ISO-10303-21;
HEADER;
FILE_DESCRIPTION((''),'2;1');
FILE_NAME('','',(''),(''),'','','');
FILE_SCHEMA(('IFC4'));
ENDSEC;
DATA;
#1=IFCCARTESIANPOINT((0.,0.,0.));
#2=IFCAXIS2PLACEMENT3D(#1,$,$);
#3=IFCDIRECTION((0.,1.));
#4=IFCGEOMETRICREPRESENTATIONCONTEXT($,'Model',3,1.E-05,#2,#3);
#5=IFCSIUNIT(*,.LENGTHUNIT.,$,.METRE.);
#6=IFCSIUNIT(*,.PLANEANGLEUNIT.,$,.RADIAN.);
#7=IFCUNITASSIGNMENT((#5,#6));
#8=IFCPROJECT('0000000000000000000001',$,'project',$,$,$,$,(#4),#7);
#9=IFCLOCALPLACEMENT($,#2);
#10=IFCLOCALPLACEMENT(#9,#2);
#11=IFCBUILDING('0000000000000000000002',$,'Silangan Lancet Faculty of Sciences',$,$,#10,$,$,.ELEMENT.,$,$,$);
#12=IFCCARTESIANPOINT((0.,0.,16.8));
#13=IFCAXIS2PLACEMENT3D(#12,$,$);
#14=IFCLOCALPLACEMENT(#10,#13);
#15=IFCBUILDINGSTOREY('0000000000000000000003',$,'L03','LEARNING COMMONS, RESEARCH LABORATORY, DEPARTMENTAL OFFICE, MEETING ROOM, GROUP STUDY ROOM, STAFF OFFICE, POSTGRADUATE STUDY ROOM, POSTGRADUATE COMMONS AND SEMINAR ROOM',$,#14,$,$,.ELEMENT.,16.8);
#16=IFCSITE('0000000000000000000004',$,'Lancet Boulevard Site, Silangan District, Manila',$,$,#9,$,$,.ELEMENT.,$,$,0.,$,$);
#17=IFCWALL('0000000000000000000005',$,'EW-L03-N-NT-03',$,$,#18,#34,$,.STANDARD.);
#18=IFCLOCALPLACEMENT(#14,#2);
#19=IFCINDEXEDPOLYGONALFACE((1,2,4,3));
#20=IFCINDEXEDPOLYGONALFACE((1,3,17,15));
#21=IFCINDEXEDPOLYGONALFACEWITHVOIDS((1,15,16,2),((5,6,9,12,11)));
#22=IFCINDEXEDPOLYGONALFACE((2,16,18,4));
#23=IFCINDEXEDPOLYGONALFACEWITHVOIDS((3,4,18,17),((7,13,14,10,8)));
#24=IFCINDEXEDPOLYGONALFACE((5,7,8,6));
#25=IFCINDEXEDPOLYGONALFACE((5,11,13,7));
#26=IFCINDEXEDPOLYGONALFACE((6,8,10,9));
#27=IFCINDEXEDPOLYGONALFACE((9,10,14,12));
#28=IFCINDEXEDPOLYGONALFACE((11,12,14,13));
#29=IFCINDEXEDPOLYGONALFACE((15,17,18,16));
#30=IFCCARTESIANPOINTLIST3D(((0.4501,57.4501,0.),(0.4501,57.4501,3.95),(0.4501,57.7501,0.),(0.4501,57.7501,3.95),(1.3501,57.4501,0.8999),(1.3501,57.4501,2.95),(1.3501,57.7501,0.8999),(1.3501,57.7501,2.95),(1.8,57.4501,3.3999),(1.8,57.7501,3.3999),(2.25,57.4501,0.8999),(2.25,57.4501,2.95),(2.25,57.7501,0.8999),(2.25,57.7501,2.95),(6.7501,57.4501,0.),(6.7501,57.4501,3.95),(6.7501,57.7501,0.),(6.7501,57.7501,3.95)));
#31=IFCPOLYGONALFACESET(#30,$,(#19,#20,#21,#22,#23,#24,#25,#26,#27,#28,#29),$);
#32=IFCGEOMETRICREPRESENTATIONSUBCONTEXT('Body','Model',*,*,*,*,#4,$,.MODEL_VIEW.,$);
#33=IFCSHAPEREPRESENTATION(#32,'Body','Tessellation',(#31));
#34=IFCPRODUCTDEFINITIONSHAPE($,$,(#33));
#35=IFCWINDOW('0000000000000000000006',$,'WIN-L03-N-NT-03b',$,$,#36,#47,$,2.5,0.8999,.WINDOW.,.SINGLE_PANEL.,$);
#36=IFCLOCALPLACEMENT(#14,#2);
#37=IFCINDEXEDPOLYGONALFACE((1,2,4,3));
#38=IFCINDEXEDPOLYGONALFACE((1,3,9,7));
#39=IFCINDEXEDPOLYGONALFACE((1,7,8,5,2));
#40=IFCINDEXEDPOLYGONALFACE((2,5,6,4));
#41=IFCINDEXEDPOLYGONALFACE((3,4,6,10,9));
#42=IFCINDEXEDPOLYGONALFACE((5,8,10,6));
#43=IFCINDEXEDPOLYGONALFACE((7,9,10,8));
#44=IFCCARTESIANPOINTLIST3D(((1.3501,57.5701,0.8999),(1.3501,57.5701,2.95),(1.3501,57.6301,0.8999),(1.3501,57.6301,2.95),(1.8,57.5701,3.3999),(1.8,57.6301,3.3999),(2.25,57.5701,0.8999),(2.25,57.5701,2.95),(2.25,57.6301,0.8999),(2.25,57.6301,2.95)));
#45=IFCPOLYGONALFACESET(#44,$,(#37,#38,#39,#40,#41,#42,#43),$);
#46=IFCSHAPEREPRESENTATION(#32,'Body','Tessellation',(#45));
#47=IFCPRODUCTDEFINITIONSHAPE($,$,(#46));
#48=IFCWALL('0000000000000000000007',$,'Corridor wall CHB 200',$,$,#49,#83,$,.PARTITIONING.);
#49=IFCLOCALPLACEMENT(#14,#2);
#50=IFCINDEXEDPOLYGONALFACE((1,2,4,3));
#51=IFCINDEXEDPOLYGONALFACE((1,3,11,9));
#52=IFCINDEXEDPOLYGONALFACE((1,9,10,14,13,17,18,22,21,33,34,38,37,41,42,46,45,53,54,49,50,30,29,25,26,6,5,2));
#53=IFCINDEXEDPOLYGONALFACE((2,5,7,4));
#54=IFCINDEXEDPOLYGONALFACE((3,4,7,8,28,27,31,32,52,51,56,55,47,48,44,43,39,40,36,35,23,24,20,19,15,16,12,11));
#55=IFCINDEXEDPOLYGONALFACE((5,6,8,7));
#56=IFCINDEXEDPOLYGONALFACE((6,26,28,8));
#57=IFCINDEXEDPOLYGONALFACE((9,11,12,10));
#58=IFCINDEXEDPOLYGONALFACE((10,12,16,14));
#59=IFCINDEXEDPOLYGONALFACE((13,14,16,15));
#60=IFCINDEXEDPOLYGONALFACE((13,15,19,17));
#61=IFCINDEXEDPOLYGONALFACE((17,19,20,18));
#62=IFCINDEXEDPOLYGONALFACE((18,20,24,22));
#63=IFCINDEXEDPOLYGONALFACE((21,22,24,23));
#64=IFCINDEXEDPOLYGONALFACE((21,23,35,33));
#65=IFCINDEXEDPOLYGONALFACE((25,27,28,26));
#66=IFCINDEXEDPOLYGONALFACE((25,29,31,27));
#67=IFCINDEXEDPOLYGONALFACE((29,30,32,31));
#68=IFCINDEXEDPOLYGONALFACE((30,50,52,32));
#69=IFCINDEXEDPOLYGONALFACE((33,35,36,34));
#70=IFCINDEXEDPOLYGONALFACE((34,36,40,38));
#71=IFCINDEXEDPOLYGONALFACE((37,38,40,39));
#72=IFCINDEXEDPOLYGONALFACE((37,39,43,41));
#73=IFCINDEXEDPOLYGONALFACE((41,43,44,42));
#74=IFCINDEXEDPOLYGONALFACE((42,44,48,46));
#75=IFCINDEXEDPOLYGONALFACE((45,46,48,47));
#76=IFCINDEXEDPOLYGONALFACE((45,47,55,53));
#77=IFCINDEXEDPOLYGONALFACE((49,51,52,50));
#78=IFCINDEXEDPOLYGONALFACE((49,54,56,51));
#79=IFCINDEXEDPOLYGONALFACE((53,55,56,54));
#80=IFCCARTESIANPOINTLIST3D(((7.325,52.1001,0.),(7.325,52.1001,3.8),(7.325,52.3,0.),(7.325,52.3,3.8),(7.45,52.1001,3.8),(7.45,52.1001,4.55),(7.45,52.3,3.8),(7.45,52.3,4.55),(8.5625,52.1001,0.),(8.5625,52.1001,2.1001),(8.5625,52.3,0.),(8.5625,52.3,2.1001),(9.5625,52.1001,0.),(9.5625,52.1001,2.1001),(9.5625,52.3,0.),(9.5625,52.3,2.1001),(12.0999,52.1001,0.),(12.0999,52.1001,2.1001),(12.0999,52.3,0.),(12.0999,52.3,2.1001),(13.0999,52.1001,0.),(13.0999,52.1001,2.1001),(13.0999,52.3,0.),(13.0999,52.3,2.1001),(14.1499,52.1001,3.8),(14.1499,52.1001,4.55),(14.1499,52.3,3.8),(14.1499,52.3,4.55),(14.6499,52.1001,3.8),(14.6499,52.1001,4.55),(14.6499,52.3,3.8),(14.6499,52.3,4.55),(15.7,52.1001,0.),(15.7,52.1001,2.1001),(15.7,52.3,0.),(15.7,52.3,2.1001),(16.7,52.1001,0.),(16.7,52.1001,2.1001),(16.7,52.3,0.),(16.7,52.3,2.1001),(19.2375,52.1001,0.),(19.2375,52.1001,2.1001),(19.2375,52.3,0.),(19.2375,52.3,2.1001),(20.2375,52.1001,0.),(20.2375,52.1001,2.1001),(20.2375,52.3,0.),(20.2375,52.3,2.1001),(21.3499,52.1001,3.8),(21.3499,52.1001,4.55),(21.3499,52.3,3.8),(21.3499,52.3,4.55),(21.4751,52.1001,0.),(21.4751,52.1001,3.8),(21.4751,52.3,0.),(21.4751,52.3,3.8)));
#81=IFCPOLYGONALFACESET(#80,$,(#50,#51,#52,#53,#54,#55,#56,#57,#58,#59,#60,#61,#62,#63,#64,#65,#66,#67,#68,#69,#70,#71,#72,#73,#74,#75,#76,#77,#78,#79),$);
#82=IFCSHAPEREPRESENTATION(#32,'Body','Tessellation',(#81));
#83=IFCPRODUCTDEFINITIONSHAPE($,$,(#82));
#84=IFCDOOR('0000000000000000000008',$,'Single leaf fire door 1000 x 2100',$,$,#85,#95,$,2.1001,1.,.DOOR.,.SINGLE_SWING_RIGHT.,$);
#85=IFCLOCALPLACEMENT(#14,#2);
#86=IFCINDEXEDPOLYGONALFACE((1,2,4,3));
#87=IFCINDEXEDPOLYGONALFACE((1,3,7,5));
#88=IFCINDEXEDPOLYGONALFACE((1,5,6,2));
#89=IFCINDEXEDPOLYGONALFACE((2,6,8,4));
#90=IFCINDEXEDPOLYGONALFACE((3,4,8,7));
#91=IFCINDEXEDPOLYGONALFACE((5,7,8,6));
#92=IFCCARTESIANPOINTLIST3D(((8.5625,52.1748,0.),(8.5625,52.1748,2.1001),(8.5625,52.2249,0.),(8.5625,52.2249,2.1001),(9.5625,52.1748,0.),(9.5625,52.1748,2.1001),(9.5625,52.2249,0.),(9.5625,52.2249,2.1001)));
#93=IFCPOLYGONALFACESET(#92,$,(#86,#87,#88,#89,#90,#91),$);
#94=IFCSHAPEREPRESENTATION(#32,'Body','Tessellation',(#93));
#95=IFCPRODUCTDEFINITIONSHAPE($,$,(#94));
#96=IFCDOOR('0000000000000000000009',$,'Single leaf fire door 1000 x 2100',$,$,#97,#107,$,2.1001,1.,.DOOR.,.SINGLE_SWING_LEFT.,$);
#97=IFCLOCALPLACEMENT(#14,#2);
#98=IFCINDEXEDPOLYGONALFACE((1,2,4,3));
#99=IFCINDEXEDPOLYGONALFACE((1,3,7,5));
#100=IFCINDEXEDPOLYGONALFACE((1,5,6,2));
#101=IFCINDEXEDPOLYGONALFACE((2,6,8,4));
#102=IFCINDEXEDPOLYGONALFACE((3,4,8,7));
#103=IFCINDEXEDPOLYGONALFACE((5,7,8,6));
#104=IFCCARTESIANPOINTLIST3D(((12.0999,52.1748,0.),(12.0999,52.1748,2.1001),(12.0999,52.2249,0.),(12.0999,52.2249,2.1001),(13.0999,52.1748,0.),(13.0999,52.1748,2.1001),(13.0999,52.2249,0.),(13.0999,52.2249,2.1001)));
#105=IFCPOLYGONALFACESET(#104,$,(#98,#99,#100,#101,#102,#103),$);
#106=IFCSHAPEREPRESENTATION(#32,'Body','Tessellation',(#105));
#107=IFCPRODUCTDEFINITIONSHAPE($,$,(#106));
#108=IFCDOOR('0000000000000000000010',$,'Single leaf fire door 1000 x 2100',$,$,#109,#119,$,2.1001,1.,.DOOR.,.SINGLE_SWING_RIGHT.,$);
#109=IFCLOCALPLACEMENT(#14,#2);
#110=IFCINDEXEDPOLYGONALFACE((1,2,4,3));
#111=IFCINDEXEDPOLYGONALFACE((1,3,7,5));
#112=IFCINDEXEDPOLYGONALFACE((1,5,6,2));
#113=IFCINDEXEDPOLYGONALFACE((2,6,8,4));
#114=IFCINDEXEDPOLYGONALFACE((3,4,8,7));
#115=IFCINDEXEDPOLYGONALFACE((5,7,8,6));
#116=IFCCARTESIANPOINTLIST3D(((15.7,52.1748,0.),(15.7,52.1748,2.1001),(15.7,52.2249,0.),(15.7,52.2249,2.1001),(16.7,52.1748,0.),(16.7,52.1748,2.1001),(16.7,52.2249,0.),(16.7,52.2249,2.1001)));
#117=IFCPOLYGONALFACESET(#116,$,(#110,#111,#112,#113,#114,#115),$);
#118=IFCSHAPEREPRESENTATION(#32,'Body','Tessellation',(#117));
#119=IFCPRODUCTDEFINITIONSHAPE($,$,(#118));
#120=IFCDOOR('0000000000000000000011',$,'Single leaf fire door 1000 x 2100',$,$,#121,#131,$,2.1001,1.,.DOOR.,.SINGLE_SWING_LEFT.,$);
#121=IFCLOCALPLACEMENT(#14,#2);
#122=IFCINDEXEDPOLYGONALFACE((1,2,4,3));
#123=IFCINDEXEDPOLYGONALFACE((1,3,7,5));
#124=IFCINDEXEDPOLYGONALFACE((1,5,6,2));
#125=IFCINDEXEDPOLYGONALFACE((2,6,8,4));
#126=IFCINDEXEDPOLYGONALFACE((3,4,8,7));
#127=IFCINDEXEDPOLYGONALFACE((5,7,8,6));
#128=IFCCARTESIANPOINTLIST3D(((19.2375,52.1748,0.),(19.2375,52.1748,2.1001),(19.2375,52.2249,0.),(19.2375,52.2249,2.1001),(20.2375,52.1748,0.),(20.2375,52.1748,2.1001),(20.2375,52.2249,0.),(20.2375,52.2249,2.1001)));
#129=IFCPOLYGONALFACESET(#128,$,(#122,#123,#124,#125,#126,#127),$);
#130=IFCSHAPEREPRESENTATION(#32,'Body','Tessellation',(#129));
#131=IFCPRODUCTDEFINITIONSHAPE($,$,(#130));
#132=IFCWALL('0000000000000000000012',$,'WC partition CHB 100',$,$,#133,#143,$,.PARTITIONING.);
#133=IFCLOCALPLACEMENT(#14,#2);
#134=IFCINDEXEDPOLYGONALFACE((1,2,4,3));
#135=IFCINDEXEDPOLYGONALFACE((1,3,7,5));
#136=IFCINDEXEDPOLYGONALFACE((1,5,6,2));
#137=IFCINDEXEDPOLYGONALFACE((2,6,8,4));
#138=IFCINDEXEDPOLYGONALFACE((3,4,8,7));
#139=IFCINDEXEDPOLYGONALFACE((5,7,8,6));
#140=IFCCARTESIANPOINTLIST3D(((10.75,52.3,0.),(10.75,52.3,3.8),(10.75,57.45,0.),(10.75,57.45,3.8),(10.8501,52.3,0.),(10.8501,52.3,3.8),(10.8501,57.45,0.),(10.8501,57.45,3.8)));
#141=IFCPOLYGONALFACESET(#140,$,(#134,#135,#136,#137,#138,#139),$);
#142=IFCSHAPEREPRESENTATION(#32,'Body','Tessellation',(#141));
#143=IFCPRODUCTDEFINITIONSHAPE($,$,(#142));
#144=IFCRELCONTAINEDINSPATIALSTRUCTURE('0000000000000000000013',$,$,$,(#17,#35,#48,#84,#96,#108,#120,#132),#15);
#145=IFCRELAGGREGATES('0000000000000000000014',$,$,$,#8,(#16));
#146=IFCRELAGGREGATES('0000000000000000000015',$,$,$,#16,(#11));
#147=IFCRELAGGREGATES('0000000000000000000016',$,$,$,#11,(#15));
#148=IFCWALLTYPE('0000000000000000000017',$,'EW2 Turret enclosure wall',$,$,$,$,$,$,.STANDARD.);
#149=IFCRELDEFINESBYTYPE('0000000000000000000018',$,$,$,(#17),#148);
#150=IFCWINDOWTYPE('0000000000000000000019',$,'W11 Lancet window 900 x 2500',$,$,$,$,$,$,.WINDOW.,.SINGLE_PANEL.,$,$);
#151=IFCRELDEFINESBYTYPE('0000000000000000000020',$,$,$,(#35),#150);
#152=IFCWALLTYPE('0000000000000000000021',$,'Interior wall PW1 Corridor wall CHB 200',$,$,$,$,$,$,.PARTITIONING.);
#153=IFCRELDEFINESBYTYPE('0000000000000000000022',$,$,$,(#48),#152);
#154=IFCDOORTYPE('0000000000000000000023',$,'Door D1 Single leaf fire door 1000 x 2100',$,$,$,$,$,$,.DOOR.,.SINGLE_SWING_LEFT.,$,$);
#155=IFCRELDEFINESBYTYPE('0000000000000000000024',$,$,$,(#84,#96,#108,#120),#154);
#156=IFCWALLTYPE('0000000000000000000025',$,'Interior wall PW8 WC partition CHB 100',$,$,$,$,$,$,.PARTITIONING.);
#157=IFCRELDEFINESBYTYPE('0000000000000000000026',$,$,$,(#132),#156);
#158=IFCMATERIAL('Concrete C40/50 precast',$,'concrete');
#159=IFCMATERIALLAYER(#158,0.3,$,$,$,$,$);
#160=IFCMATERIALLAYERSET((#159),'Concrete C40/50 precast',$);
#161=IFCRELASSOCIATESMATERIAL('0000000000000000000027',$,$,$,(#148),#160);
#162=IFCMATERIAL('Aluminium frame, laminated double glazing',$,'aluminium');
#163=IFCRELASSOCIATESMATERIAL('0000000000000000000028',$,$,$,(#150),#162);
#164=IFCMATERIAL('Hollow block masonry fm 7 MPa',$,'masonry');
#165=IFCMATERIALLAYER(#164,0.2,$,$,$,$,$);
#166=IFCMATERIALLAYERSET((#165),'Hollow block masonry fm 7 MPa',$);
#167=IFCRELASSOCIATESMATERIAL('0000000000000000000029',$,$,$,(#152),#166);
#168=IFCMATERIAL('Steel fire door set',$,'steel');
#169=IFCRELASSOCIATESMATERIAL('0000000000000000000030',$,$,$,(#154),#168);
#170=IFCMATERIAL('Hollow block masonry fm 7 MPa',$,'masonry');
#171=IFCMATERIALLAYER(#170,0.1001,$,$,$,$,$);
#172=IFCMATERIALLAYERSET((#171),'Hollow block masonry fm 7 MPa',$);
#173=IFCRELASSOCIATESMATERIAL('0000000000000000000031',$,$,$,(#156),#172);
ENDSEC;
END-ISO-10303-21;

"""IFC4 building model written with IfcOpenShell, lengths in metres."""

from ifc_helpers import new_model, si_unit, direction, frame, frame_2d, origin, place, context, subcontext, project, spatial, polyline, rectangle, outline, extrude, material, layer, layer_set, type_object, element, fill, save


model = new_model("IFC4")

# Units and contexts
model_context = context("Model", 3, precision=1e-05, world=origin(), true_north=direction((0.0, 1.0)))
body_context = subcontext(model_context, "Body", "Model", "MODEL_VIEW")
ifc_project = project(units=[si_unit("LENGTHUNIT", "METRE"), si_unit("PLANEANGLEUNIT", "RADIAN")], contexts=[model_context])

# Site, building, storey
site_placement = place(None, origin())
site = spatial("IfcSite", under=ifc_project, at=site_placement, Name="Lancet Boulevard Site, Silangan District, Manila", CompositionType="ELEMENT", RefElevation=0.0)
building_placement = place(site_placement, origin())
building = spatial("IfcBuilding", under=site, at=building_placement, Name="Silangan Lancet Faculty of Sciences", CompositionType="ELEMENT")
storey_placement = place(building_placement, frame((0.0, 0.0, 16.8)))
storey = spatial("IfcBuildingStorey", under=building, at=storey_placement, Name="L03", Description="LEARNING COMMONS, RESEARCH LABORATORY, DEPARTMENTAL OFFICE, MEETING ROOM, GROUP STUDY ROOM, STAFF OFFICE, POSTGRADUATE STUDY ROOM, POSTGRADUATE COMMONS AND SEMINAR ROOM", CompositionType="ELEMENT", Elevation=16.8)

# Wall, opening, window
ifc_material_1 = material(Name="Concrete C40/50 precast", Category="concrete")
ifc_layer_1 = layer(ifc_material_1, 0.3)
ifc_layer_set_1 = layer_set([ifc_layer_1], Name="Concrete C40/50 precast")
wall_type_1 = type_object("IfcWallType", Name="EW2 Turret enclosure wall", PredefinedType="STANDARD", material=ifc_layer_set_1)
wall_1_placement = place(storey_placement, frame((6.75, 57.6001, 0.0), z_axis=(0.0, 0.0, 1.0), x_axis=(-1.0, 0.0, 0.0)))
wall_1 = element("IfcWall", 1, at=wall_1_placement, inside=storey, type_object=wall_type_1, Name="EW-L03-N-NT-03", PredefinedType="STANDARD", context=body_context, shape_type="SweptSolid", body=[
    extrude(rectangle(XDim=6.3, YDim=0.3, at=frame_2d((3.1499, 0.0))), origin(), (0.0, 0.0, 1.0), 3.95),
])
opening_1_placement = place(wall_1_placement, frame((4.5, 0.0, 0.8999)))
opening_1 = element("IfcOpeningElement", 2, at=opening_1_placement, cuts=wall_1, PredefinedType="OPENING", context=body_context, shape_type="SweptSolid", body=[
    extrude(outline(polyline([(0.0, 0.0), (0.8999, 0.0), (0.8999, 2.05), (0.45, 2.5), (0.0, 2.05), (0.0, 0.0)])), frame((0.0, 0.1599, 0.0), z_axis=(0.0, -1.0, 0.0), x_axis=(1.0, 0.0, 0.0)), (0.0, 0.0, 1.0), 0.3201),
])
ifc_material_2 = material(Name="Aluminium frame, laminated double glazing", Category="aluminium")
window_type_1 = type_object("IfcWindowType", Name="W11 Lancet window 900 x 2500", PartitioningType="SINGLE_PANEL", PredefinedType="WINDOW", material=ifc_material_2)
window_1_placement = place(opening_1_placement, origin())
window_1 = element("IfcWindow", 3, at=window_1_placement, inside=storey, type_object=window_type_1, Name="WIN-L03-N-NT-03b", OverallHeight=2.5, OverallWidth=0.8999, PartitioningType="SINGLE_PANEL", PredefinedType="WINDOW", context=body_context, shape_type="SweptSolid", body=[
    extrude(outline(polyline([(0.0, 0.0), (0.8999, 0.0), (0.8999, 2.05), (0.45, 2.5), (0.0, 2.05), (0.0, 0.0)])), frame((0.0, 0.03, 0.0), z_axis=(0.0, -1.0, 0.0), x_axis=(1.0, 0.0, 0.0)), (0.0, 0.0, 1.0), 0.0601),
])
fill(opening_1, window_1)

# Wall, openings, doors
ifc_material_3 = material(Name="Hollow block masonry fm 7 MPa", Category="masonry")
ifc_layer_2 = layer(ifc_material_3, 0.2)
ifc_layer_set_2 = layer_set([ifc_layer_2], Name="Hollow block masonry fm 7 MPa")
wall_type_2 = type_object("IfcWallType", Name="Interior wall PW1 Corridor wall CHB 200", PredefinedType="PARTITIONING", material=ifc_layer_set_2)
wall_2_placement = place(storey_placement, frame((7.325, 52.2, 0.0), z_axis=(0.0, 0.0, 1.0), x_axis=(1.0, 0.0, 0.0)))
wall_2 = element("IfcWall", 4, at=wall_2_placement, inside=storey, type_object=wall_type_2, Name="Corridor wall CHB 200", PredefinedType="PARTITIONING", context=body_context, shape_type="SweptSolid", body=[
    extrude(outline(polyline([(0.0, 0.0), (14.1501, 0.0), (14.1501, 3.8), (14.0249, 3.8), (14.0249, 4.55), (7.325, 4.55), (7.325, 3.8), (6.825, 3.8), (6.825, 4.55), (0.125, 4.55), (0.125, 3.8), (0.0, 3.8), (0.0, 0.0)])), frame((0.0, 0.1001, 0.0), z_axis=(0.0, -1.0, 0.0), x_axis=(1.0, 0.0, 0.0)), (0.0, 0.0, 1.0), 0.2),
])
opening_2_placement = place(wall_2_placement, frame((1.2375, 0.0, 0.0)))
opening_2 = element("IfcOpeningElement", 5, at=opening_2_placement, cuts=wall_2, PredefinedType="OPENING", context=body_context, shape_type="SweptSolid", body=[
    extrude(rectangle(XDim=1.0, YDim=2.1001, at=frame_2d((0.5, 1.05))), frame((0.0, 0.1099, 0.0), z_axis=(0.0, -1.0, 0.0), x_axis=(1.0, 0.0, 0.0)), (0.0, 0.0, 1.0), 0.22),
])
opening_3_placement = place(wall_2_placement, frame((4.7749, 0.0, 0.0)))
opening_3 = element("IfcOpeningElement", 6, at=opening_3_placement, cuts=wall_2, PredefinedType="OPENING", context=body_context, shape_type="SweptSolid", body=[
    extrude(rectangle(XDim=1.0, YDim=2.1001, at=frame_2d((0.5, 1.05))), frame((0.0, 0.1099, 0.0), z_axis=(0.0, -1.0, 0.0), x_axis=(1.0, 0.0, 0.0)), (0.0, 0.0, 1.0), 0.22),
])
opening_4_placement = place(wall_2_placement, frame((8.375, 0.0, 0.0)))
opening_4 = element("IfcOpeningElement", 7, at=opening_4_placement, cuts=wall_2, PredefinedType="OPENING", context=body_context, shape_type="SweptSolid", body=[
    extrude(rectangle(XDim=1.0, YDim=2.1001, at=frame_2d((0.5, 1.05))), frame((0.0, 0.1099, 0.0), z_axis=(0.0, -1.0, 0.0), x_axis=(1.0, 0.0, 0.0)), (0.0, 0.0, 1.0), 0.22),
])
opening_5_placement = place(wall_2_placement, frame((11.9126, 0.0, 0.0)))
opening_5 = element("IfcOpeningElement", 8, at=opening_5_placement, cuts=wall_2, PredefinedType="OPENING", context=body_context, shape_type="SweptSolid", body=[
    extrude(rectangle(XDim=1.0, YDim=2.1001, at=frame_2d((0.5, 1.05))), frame((0.0, 0.1099, 0.0), z_axis=(0.0, -1.0, 0.0), x_axis=(1.0, 0.0, 0.0)), (0.0, 0.0, 1.0), 0.22),
])
ifc_material_4 = material(Name="Steel fire door set", Category="steel")
door_type_1 = type_object("IfcDoorType", Name="Door D1 Single leaf fire door 1000 x 2100", OperationType="SINGLE_SWING_LEFT", PredefinedType="DOOR", material=ifc_material_4)
door_1_placement = place(opening_2_placement, origin())
door_1 = element("IfcDoor", 9, at=door_1_placement, inside=storey, type_object=door_type_1, Name="Single leaf fire door 1000 x 2100", OperationType="SINGLE_SWING_RIGHT", OverallHeight=2.1001, OverallWidth=1.0, PredefinedType="DOOR", context=body_context, shape_type="SweptSolid", body=[
    extrude(rectangle(XDim=1.0, YDim=2.1001, at=frame_2d((0.5, 1.05))), frame((0.0, 0.0249, 0.0), z_axis=(0.0, -1.0, 0.0), x_axis=(1.0, 0.0, 0.0)), (0.0, 0.0, 1.0), 0.05),
])
fill(opening_2, door_1)
door_2_placement = place(opening_3_placement, origin())
door_2 = element("IfcDoor", 10, at=door_2_placement, inside=storey, type_object=door_type_1, Name="Single leaf fire door 1000 x 2100", OperationType="SINGLE_SWING_LEFT", OverallHeight=2.1001, OverallWidth=1.0, PredefinedType="DOOR", context=body_context, shape_type="SweptSolid", body=[
    extrude(rectangle(XDim=1.0, YDim=2.1001, at=frame_2d((0.5, 1.05))), frame((0.0, 0.0249, 0.0), z_axis=(0.0, -1.0, 0.0), x_axis=(1.0, 0.0, 0.0)), (0.0, 0.0, 1.0), 0.05),
])
fill(opening_3, door_2)
door_3_placement = place(opening_4_placement, origin())
door_3 = element("IfcDoor", 11, at=door_3_placement, inside=storey, type_object=door_type_1, Name="Single leaf fire door 1000 x 2100", OperationType="SINGLE_SWING_RIGHT", OverallHeight=2.1001, OverallWidth=1.0, PredefinedType="DOOR", context=body_context, shape_type="SweptSolid", body=[
    extrude(rectangle(XDim=1.0, YDim=2.1001, at=frame_2d((0.5, 1.05))), frame((0.0, 0.0249, 0.0), z_axis=(0.0, -1.0, 0.0), x_axis=(1.0, 0.0, 0.0)), (0.0, 0.0, 1.0), 0.05),
])
fill(opening_4, door_3)
door_4_placement = place(opening_5_placement, origin())
door_4 = element("IfcDoor", 12, at=door_4_placement, inside=storey, type_object=door_type_1, Name="Single leaf fire door 1000 x 2100", OperationType="SINGLE_SWING_LEFT", OverallHeight=2.1001, OverallWidth=1.0, PredefinedType="DOOR", context=body_context, shape_type="SweptSolid", body=[
    extrude(rectangle(XDim=1.0, YDim=2.1001, at=frame_2d((0.5, 1.05))), frame((0.0, 0.0249, 0.0), z_axis=(0.0, -1.0, 0.0), x_axis=(1.0, 0.0, 0.0)), (0.0, 0.0, 1.0), 0.05),
])
fill(opening_5, door_4)

# Wall
ifc_material_5 = material(Name="Hollow block masonry fm 7 MPa", Category="masonry")
ifc_layer_3 = layer(ifc_material_5, 0.1001)
ifc_layer_set_3 = layer_set([ifc_layer_3], Name="Hollow block masonry fm 7 MPa")
wall_type_3 = type_object("IfcWallType", Name="Interior wall PW8 WC partition CHB 100", PredefinedType="PARTITIONING", material=ifc_layer_set_3)
wall_3_placement = place(storey_placement, frame((10.8, 52.3, 0.0), z_axis=(0.0, 0.0, 1.0), x_axis=(0.0, 1.0, 0.0)))
element("IfcWall", 13, at=wall_3_placement, inside=storey, type_object=wall_type_3, Name="WC partition CHB 100", PredefinedType="PARTITIONING", context=body_context, shape_type="SweptSolid", body=[
    extrude(rectangle(XDim=5.1499, YDim=0.1001, at=frame_2d((2.575, 0.0))), origin(), (0.0, 0.0, 1.0), 3.8),
])

save(model, "model.ifc")
